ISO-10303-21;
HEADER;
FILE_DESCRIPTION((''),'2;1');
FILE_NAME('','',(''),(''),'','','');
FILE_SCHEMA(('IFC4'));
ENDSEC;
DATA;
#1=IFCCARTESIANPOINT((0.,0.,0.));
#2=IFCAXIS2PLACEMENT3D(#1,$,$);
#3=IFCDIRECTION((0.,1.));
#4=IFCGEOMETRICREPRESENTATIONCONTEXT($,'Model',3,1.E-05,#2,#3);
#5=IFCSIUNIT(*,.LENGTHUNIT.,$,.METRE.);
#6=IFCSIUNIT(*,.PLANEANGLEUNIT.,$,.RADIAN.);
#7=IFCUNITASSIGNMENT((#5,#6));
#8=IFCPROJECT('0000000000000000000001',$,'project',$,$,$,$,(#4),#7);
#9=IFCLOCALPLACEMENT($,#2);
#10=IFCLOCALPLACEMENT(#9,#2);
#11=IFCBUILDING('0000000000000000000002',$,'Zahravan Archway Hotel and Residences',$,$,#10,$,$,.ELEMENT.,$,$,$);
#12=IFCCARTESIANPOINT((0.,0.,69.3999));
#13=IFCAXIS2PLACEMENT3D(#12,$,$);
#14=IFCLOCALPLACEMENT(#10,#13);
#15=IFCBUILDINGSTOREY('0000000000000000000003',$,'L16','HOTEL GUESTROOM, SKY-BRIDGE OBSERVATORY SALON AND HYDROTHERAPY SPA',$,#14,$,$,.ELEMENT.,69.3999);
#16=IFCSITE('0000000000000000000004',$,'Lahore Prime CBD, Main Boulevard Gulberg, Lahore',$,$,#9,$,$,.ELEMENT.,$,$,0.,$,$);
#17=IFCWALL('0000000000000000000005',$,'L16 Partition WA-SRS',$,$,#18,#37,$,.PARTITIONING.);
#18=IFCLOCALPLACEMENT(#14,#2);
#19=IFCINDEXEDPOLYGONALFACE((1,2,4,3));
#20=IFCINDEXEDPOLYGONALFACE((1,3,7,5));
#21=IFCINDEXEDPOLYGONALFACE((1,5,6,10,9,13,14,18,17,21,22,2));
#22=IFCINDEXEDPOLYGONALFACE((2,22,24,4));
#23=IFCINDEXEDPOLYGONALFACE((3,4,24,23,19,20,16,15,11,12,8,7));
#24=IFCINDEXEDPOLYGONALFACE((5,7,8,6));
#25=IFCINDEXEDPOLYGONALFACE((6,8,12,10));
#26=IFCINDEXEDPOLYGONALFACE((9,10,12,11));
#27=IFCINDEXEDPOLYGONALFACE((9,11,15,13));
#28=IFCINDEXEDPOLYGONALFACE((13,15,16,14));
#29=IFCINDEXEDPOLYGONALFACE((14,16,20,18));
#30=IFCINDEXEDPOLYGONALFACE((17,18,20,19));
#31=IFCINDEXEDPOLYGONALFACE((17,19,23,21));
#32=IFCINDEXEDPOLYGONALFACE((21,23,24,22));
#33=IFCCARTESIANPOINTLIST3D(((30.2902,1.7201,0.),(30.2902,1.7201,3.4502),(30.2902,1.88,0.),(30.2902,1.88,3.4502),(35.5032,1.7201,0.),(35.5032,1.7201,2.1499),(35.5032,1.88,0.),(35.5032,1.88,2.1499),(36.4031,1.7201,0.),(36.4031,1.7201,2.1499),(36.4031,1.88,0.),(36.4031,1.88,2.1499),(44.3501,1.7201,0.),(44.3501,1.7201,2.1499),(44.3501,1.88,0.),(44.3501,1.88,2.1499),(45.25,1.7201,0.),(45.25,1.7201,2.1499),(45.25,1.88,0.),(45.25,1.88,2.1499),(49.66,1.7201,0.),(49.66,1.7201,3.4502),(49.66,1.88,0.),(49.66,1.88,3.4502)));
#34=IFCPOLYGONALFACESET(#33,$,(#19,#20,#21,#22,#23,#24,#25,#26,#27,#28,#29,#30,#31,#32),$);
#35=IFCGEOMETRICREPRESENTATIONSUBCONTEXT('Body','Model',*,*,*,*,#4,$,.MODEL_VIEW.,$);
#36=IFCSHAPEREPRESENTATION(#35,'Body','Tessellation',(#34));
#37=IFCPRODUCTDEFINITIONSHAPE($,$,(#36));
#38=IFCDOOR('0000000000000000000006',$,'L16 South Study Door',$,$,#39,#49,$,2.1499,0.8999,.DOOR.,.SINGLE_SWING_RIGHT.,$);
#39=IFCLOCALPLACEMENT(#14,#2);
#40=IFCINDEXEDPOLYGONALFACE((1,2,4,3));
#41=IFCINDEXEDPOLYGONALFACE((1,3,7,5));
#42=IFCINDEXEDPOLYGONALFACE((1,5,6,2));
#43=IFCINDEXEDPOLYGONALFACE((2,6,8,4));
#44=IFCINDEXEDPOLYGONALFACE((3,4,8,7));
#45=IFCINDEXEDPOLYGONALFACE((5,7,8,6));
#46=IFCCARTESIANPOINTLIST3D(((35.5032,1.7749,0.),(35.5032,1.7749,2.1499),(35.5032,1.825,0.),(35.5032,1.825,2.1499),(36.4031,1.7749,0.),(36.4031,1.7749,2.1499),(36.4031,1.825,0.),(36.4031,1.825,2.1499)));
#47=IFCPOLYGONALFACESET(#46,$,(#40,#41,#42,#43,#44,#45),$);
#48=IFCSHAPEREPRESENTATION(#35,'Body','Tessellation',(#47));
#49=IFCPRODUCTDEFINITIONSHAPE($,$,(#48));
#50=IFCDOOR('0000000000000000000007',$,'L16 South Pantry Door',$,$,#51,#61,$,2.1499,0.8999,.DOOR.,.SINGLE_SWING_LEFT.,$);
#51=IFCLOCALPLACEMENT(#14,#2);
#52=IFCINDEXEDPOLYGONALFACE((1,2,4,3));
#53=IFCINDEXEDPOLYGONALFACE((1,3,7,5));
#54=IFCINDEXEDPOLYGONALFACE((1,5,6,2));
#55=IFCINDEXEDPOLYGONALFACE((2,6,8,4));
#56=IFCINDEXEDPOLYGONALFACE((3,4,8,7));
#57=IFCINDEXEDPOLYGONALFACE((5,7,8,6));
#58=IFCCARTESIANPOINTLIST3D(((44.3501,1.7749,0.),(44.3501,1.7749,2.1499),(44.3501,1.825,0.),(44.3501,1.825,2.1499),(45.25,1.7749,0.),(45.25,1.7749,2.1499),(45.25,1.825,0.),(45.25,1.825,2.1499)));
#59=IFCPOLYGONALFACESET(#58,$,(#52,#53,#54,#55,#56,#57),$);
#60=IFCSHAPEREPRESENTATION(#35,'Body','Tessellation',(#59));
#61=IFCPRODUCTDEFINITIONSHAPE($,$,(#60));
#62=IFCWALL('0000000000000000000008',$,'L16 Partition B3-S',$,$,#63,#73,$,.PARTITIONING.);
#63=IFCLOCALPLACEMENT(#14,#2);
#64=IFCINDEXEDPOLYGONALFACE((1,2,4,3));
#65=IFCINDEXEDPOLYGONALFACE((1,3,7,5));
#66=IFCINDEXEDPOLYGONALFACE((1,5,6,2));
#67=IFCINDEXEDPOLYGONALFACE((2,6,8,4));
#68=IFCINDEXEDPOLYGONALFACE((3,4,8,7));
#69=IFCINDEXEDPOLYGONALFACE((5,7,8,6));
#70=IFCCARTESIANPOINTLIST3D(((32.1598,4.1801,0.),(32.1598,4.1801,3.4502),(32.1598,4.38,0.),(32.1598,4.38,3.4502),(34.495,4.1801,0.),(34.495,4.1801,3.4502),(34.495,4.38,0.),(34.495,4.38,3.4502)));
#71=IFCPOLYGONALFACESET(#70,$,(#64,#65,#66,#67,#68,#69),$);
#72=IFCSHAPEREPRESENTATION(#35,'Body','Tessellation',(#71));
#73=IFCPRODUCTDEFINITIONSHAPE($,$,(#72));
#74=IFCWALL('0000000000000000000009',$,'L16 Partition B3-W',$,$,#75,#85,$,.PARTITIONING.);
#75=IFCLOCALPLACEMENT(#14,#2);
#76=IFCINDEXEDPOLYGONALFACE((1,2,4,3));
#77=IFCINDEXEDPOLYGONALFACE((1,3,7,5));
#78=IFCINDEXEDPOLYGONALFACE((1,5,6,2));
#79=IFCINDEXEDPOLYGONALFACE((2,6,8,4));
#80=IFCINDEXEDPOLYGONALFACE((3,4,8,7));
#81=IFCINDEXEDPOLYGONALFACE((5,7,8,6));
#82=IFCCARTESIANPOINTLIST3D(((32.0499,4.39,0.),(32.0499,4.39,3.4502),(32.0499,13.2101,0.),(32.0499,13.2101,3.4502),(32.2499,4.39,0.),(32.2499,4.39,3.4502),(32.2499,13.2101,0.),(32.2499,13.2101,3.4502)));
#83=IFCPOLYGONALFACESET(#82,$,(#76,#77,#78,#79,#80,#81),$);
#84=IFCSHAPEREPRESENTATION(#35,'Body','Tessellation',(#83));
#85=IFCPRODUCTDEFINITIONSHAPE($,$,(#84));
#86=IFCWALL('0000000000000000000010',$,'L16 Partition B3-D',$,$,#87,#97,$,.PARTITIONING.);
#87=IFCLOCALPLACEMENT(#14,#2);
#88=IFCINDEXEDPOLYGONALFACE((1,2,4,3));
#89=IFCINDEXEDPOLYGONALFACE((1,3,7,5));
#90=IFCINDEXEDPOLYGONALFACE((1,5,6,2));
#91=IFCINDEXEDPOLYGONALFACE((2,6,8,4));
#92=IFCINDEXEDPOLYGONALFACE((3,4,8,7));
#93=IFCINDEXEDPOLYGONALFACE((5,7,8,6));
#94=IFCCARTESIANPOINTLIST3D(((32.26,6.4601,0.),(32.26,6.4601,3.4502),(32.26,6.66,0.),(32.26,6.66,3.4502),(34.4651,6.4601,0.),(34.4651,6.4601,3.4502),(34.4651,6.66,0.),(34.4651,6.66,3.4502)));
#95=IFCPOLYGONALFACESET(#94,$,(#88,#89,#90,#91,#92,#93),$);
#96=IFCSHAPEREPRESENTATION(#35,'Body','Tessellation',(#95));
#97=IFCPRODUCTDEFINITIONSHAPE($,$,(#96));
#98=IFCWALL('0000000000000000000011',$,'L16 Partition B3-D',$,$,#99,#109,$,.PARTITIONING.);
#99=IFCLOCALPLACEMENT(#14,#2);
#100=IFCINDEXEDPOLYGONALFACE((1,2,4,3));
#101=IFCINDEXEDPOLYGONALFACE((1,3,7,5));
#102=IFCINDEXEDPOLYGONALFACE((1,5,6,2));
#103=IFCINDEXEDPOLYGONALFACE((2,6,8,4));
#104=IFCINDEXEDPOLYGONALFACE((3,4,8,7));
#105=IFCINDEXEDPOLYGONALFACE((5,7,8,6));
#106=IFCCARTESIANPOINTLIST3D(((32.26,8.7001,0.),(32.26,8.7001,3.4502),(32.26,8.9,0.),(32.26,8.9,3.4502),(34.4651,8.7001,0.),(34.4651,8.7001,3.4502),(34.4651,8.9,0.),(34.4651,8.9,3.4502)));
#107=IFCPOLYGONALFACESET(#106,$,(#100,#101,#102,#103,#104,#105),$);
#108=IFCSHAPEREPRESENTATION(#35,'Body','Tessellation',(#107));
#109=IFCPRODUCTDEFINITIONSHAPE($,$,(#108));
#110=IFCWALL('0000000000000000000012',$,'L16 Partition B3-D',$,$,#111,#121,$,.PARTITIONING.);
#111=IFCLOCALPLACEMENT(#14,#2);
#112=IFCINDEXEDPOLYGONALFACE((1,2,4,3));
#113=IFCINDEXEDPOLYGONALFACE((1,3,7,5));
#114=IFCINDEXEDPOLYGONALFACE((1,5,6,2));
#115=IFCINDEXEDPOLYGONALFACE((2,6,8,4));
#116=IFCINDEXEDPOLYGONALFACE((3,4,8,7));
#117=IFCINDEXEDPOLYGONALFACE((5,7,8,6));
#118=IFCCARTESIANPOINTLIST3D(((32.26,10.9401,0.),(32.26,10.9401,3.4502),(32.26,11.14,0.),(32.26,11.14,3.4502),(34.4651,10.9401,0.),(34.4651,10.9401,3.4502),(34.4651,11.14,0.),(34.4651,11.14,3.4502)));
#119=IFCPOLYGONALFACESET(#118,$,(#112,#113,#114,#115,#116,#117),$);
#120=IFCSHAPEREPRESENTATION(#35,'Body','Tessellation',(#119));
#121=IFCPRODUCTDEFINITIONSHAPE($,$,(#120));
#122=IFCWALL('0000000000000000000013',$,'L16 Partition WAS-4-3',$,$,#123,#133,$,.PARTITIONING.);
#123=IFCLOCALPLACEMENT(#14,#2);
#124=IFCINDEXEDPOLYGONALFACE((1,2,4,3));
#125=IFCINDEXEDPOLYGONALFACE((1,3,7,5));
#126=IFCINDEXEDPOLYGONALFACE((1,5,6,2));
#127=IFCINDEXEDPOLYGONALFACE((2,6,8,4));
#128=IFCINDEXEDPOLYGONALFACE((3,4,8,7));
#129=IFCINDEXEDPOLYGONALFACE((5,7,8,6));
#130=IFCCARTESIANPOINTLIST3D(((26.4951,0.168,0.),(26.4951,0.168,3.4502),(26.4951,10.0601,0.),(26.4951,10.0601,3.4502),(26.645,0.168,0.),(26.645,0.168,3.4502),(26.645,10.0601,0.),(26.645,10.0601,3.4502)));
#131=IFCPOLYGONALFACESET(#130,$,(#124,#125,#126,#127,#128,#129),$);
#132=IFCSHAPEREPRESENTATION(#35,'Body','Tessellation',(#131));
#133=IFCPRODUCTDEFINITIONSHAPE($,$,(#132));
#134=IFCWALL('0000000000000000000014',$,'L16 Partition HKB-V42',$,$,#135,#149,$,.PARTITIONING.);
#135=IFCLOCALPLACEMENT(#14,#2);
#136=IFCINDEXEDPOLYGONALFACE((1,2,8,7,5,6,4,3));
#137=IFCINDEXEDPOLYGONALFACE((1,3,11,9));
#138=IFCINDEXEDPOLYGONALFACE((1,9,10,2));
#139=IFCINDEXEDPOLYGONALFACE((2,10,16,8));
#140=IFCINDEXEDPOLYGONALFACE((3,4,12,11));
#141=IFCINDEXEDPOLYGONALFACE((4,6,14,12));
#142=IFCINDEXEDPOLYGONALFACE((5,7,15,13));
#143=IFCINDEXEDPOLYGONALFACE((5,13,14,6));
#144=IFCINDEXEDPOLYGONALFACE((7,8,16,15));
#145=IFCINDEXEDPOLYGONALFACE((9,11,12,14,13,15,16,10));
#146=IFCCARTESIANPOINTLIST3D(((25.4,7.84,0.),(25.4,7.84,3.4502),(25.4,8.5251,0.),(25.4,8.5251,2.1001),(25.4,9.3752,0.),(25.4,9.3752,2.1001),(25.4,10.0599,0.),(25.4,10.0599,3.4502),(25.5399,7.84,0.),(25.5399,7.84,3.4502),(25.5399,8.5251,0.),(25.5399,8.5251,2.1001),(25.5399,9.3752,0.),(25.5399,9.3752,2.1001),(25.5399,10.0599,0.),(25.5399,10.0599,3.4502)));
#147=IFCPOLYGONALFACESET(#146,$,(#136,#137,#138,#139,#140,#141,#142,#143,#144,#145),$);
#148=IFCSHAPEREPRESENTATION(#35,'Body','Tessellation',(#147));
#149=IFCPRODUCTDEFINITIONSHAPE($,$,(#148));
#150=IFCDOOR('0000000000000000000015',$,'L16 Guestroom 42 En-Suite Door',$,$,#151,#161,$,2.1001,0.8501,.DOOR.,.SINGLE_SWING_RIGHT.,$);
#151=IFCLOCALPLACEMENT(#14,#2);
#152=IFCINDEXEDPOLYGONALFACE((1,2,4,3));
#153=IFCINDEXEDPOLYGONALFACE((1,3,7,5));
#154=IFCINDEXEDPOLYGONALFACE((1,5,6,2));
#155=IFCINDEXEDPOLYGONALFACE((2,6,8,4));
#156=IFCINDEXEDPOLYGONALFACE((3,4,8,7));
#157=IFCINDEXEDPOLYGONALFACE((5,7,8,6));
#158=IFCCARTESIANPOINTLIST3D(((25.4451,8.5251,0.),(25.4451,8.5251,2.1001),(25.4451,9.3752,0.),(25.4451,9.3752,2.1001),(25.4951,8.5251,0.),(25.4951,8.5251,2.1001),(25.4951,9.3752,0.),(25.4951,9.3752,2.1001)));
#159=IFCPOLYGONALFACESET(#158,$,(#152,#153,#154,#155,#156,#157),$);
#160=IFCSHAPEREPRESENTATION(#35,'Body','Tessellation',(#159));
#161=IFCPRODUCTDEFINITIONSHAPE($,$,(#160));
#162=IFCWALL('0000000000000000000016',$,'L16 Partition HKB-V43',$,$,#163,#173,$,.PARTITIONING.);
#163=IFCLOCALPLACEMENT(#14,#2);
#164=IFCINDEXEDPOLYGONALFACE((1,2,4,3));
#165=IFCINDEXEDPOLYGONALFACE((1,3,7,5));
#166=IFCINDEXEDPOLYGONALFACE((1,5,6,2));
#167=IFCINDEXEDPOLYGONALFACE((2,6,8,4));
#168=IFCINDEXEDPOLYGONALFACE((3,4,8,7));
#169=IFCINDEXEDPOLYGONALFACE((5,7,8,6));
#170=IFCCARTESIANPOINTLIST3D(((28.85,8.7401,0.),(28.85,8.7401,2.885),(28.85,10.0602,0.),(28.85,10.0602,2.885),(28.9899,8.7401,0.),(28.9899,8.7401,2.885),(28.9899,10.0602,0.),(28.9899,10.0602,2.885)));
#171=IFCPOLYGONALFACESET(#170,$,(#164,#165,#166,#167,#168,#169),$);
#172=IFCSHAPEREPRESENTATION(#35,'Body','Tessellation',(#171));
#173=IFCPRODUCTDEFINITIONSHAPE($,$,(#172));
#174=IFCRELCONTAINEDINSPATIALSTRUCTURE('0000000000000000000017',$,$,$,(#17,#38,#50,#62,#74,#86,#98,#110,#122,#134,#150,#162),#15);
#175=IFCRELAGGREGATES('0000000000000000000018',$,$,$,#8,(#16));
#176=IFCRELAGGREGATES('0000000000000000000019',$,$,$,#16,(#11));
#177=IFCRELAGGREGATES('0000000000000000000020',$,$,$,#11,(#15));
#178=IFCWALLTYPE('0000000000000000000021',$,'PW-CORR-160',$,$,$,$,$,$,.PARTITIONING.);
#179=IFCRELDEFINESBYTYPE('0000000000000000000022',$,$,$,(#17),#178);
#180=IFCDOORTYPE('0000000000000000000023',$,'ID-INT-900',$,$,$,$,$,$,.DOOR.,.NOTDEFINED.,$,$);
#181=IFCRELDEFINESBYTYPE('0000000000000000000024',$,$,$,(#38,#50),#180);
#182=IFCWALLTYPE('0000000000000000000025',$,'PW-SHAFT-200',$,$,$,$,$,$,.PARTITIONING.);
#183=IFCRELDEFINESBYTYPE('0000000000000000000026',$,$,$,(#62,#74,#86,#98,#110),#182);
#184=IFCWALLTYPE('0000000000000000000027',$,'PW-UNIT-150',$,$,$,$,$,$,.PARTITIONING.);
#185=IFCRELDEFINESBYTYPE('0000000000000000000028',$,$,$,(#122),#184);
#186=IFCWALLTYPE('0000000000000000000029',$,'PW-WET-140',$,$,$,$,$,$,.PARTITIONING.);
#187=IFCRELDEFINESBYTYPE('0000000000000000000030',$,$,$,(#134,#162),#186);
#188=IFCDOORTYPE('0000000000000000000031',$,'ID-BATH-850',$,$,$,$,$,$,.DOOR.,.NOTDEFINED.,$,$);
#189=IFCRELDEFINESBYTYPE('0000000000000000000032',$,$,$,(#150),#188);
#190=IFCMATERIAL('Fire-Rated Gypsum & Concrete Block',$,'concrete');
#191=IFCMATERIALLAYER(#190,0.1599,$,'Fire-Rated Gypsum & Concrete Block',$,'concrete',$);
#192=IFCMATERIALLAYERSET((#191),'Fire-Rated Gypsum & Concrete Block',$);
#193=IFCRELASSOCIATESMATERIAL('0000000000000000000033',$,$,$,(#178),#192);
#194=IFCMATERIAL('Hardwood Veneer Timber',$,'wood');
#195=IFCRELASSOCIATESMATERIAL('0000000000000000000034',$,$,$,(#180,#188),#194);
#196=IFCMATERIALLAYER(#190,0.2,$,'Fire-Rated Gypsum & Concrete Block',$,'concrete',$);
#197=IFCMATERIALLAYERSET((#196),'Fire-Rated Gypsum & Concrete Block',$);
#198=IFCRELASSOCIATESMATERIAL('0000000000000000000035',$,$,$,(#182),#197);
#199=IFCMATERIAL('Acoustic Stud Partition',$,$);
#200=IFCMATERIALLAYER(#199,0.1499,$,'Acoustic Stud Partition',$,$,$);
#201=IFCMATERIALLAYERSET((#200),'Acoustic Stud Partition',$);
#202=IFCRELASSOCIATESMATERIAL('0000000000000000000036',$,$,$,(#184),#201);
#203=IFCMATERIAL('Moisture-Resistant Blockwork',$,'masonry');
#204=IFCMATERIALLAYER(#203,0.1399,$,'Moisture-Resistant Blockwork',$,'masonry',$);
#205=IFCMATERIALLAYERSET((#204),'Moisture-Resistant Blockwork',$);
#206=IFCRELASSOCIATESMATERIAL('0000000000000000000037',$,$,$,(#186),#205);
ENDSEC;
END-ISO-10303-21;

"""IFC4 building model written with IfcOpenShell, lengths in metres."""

from ifc_helpers import new_model, si_unit, direction, frame, frame_2d, origin, place, context, subcontext, project, spatial, rectangle, extrude, source, transform, mapped, material, layer, layer_set, type_object, type_shapes, element, fill, save


model = new_model("IFC4")

# Units and contexts
model_context = context("Model", 3, precision=1e-05, world=origin(), true_north=direction((0.0, 1.0)))
body_context = subcontext(model_context, "Body", "Model", "MODEL_VIEW")
ifc_project = project(units=[si_unit("LENGTHUNIT", "METRE"), si_unit("PLANEANGLEUNIT", "RADIAN")], contexts=[model_context])

# Site, building, storey
site_placement = place(None, origin())
site = spatial("IfcSite", under=ifc_project, at=site_placement, Name="Lahore Prime CBD, Main Boulevard Gulberg, Lahore", CompositionType="ELEMENT", RefElevation=0.0)
building_placement = place(site_placement, origin())
building = spatial("IfcBuilding", under=site, at=building_placement, Name="Zahravan Archway Hotel and Residences", CompositionType="ELEMENT")
storey_placement = place(building_placement, frame((0.0, 0.0, 69.3999)))
storey = spatial("IfcBuildingStorey", under=building, at=storey_placement, Name="L16", Description="HOTEL GUESTROOM, SKY-BRIDGE OBSERVATORY SALON AND HYDROTHERAPY SPA", CompositionType="ELEMENT", Elevation=69.3999)

# Shared definitions
ifc_material_1 = material(Name="Fire-Rated Gypsum & Concrete Block", Category="concrete")
ifc_layer_1 = layer(ifc_material_1, 0.1599, Name="Fire-Rated Gypsum & Concrete Block", Category="concrete")
ifc_layer_set_1 = layer_set([ifc_layer_1], Name="Fire-Rated Gypsum & Concrete Block")
wall_type_1 = type_object("IfcWallType", Name="PW-CORR-160", PredefinedType="PARTITIONING", material=ifc_layer_set_1)

# Wall, openings, doors
wall_1_placement = place(storey_placement, frame((30.29, 1.8, 0.0), z_axis=(0.0, 0.0, 1.0), x_axis=(1.0, 0.0, 0.0)))
wall_1 = element("IfcWall", 1, at=wall_1_placement, inside=storey, type_object=wall_type_1, Name="L16 Partition WA-SRS", PredefinedType="PARTITIONING", context=body_context, shape_type="SweptSolid", body=[
    extrude(rectangle(XDim=19.3699, YDim=0.1599, at=frame_2d((9.6851, 0.0))), origin(), (0.0, 0.0, 1.0), 3.4502),
])
opening_1_placement = place(wall_1_placement, frame((5.2131, 0.0, 0.0)))
opening_1 = element("IfcOpeningElement", 2, at=opening_1_placement, cuts=wall_1, PredefinedType="OPENING", context=body_context, shape_type="SweptSolid", body=[
    extrude(rectangle(XDim=0.8999, YDim=2.1499, at=frame_2d((0.45, 1.075))), frame((0.0, 0.0898, 0.0), z_axis=(0.0, -1.0, 0.0), x_axis=(1.0, 0.0, 0.0)), (0.0, 0.0, 1.0), 0.1799),
])
opening_2_placement = place(wall_1_placement, frame((14.0601, 0.0, 0.0)))
opening_2 = element("IfcOpeningElement", 3, at=opening_2_placement, cuts=wall_1, PredefinedType="OPENING", context=body_context, shape_type="SweptSolid", body=[
    extrude(rectangle(XDim=0.8999, YDim=2.1499, at=frame_2d((0.45, 1.075))), frame((0.0, 0.0898, 0.0), z_axis=(0.0, -1.0, 0.0), x_axis=(1.0, 0.0, 0.0)), (0.0, 0.0, 1.0), 0.1799),
])
ifc_material_2 = material(Name="Hardwood Veneer Timber", Category="wood")
door_type_1 = type_object("IfcDoorType", Name="ID-INT-900", OperationType="NOTDEFINED", PredefinedType="DOOR", material=ifc_material_2)
shared_shape_1 = source(origin(), body_context, "Body", "SweptSolid", [
    extrude(rectangle(XDim=0.8999, YDim=2.1499, at=frame_2d((0.45, 1.075))), frame((0.0, 0.0249, 0.0), z_axis=(0.0, -1.0, 0.0), x_axis=(1.0, 0.0, 0.0)), (0.0, 0.0, 1.0), 0.05),
])
type_shapes(door_type_1, [shared_shape_1])
door_1_placement = place(opening_1_placement, origin())
door_1 = element("IfcDoor", 4, at=door_1_placement, inside=storey, type_object=door_type_1, Name="L16 South Study Door", OperationType="SINGLE_SWING_RIGHT", OverallHeight=2.1499, OverallWidth=0.8999, PredefinedType="DOOR", context=body_context, shape_type="MappedRepresentation", body=[
    mapped(shared_shape_1, transform((0.0, 0.0, 0.0), scale=1.0)),
])
fill(opening_1, door_1)
door_2_placement = place(opening_2_placement, origin())
door_2 = element("IfcDoor", 5, at=door_2_placement, inside=storey, type_object=door_type_1, Name="L16 South Pantry Door", OperationType="SINGLE_SWING_LEFT", OverallHeight=2.1499, OverallWidth=0.8999, PredefinedType="DOOR", context=body_context, shape_type="MappedRepresentation", body=[
    mapped(shared_shape_1, transform((0.0, 0.0, 0.0), scale=1.0)),
])
fill(opening_2, door_2)

# Walls
ifc_layer_2 = layer(ifc_material_1, 0.2, Name="Fire-Rated Gypsum & Concrete Block", Category="concrete")
ifc_layer_set_2 = layer_set([ifc_layer_2], Name="Fire-Rated Gypsum & Concrete Block")
wall_type_2 = type_object("IfcWallType", Name="PW-SHAFT-200", PredefinedType="PARTITIONING", material=ifc_layer_set_2)
wall_2_placement = place(storey_placement, frame((32.1599, 4.28, 0.0), z_axis=(0.0, 0.0, 1.0), x_axis=(1.0, 0.0, 0.0)))
element("IfcWall", 6, at=wall_2_placement, inside=storey, type_object=wall_type_2, Name="L16 Partition B3-S", PredefinedType="PARTITIONING", context=body_context, shape_type="SweptSolid", body=[
    extrude(rectangle(XDim=2.3352, YDim=0.2, at=frame_2d((1.1675, 0.0))), origin(), (0.0, 0.0, 1.0), 3.4502),
])
wall_3_placement = place(storey_placement, frame((32.1499, 4.3899, 0.0), z_axis=(0.0, 0.0, 1.0), x_axis=(0.0, 1.0, 0.0)))
element("IfcWall", 7, at=wall_3_placement, inside=storey, type_object=wall_type_2, Name="L16 Partition B3-W", PredefinedType="PARTITIONING", context=body_context, shape_type="SweptSolid", body=[
    extrude(rectangle(XDim=8.8201, YDim=0.2, at=frame_2d((4.4102, 0.0))), origin(), (0.0, 0.0, 1.0), 3.4502),
])
for number, where, z_axis, x_axis, name in (
    (8, (32.26, 6.5601, 0.0), (0.0, 0.0, 1.0), (1.0, 0.0, 0.0), "L16 Partition B3-D"),
    (9, (32.26, 8.8, 0.0), (0.0, 0.0, 1.0), (1.0, 0.0, 0.0), "L16 Partition B3-D"),
    (10, (32.26, 11.04, 0.0), (0.0, 0.0, 1.0), (1.0, 0.0, 0.0), "L16 Partition B3-D"),
):
    element("IfcWall", number, at=place(storey_placement, frame(where, z_axis=z_axis, x_axis=x_axis)), inside=storey, type_object=wall_type_2, Name=name, PredefinedType="PARTITIONING", context=body_context, shape_type="SweptSolid", body=[
        extrude(rectangle(XDim=2.2051, YDim=0.2, at=frame_2d((1.1025, 0.0))), origin(), (0.0, 0.0, 1.0), 3.4502),
    ])
ifc_material_3 = material(Name="Acoustic Stud Partition")
ifc_layer_3 = layer(ifc_material_3, 0.1499, Name="Acoustic Stud Partition")
ifc_layer_set_3 = layer_set([ifc_layer_3], Name="Acoustic Stud Partition")
wall_type_3 = type_object("IfcWallType", Name="PW-UNIT-150", PredefinedType="PARTITIONING", material=ifc_layer_set_3)
wall_4_placement = place(storey_placement, frame((26.5701, 0.168, 0.0), z_axis=(0.0, 0.0, 1.0), x_axis=(0.0, 1.0, 0.0)))
element("IfcWall", 11, at=wall_4_placement, inside=storey, type_object=wall_type_3, Name="L16 Partition WAS-4-3", PredefinedType="PARTITIONING", context=body_context, shape_type="SweptSolid", body=[
    extrude(rectangle(XDim=9.8921, YDim=0.1499, at=frame_2d((4.946, 0.0))), origin(), (0.0, 0.0, 1.0), 3.4502),
])

# Wall, opening, door
ifc_material_4 = material(Name="Moisture-Resistant Blockwork", Category="masonry")
ifc_layer_4 = layer(ifc_material_4, 0.1399, Name="Moisture-Resistant Blockwork", Category="masonry")
ifc_layer_set_4 = layer_set([ifc_layer_4], Name="Moisture-Resistant Blockwork")
wall_type_4 = type_object("IfcWallType", Name="PW-WET-140", PredefinedType="PARTITIONING", material=ifc_layer_set_4)
wall_5_placement = place(storey_placement, frame((25.47, 7.8401, 0.0), z_axis=(0.0, 0.0, 1.0), x_axis=(0.0, 1.0, 0.0)))
wall_5 = element("IfcWall", 12, at=wall_5_placement, inside=storey, type_object=wall_type_4, Name="L16 Partition HKB-V42", PredefinedType="PARTITIONING", context=body_context, shape_type="SweptSolid", body=[
    extrude(rectangle(XDim=2.22, YDim=0.1399, at=frame_2d((1.1099, 0.0))), origin(), (0.0, 0.0, 1.0), 3.4502),
])
opening_3_placement = place(wall_5_placement, frame((0.6851, 0.0, 0.0)))
opening_3 = element("IfcOpeningElement", 13, at=opening_3_placement, cuts=wall_5, PredefinedType="OPENING", context=body_context, shape_type="SweptSolid", body=[
    extrude(rectangle(XDim=0.8501, YDim=2.1001, at=frame_2d((0.425, 1.05))), frame((0.0, 0.0801, 0.0), z_axis=(0.0, -1.0, 0.0), x_axis=(1.0, 0.0, 0.0)), (0.0, 0.0, 1.0), 0.1599),
])
door_type_2 = type_object("IfcDoorType", Name="ID-BATH-850", OperationType="NOTDEFINED", PredefinedType="DOOR", material=ifc_material_2)
shared_shape_2 = source(origin(), body_context, "Body", "SweptSolid", [
    extrude(rectangle(XDim=0.8501, YDim=2.1001, at=frame_2d((0.425, 1.05))), frame((0.0, 0.0249, 0.0), z_axis=(0.0, -1.0, 0.0), x_axis=(1.0, 0.0, 0.0)), (0.0, 0.0, 1.0), 0.05),
])
type_shapes(door_type_2, [shared_shape_2])
door_3_placement = place(opening_3_placement, origin())
door_3 = element("IfcDoor", 14, at=door_3_placement, inside=storey, type_object=door_type_2, Name="L16 Guestroom 42 En-Suite Door", OperationType="SINGLE_SWING_RIGHT", OverallHeight=2.1001, OverallWidth=0.8501, PredefinedType="DOOR", context=body_context, shape_type="MappedRepresentation", body=[
    mapped(shared_shape_2, transform((0.0, 0.0, 0.0), scale=1.0)),
])
fill(opening_3, door_3)

# Wall
wall_6_placement = place(storey_placement, frame((28.9199, 8.74, 0.0), z_axis=(0.0, 0.0, 1.0), x_axis=(0.0, 1.0, 0.0)))
element("IfcWall", 15, at=wall_6_placement, inside=storey, type_object=wall_type_4, Name="L16 Partition HKB-V43", PredefinedType="PARTITIONING", context=body_context, shape_type="SweptSolid", body=[
    extrude(rectangle(XDim=1.3201, YDim=0.1399, at=frame_2d((0.6602, 0.0))), origin(), (0.0, 0.0, 1.0), 2.885),
])

save(model, "model.ifc")
